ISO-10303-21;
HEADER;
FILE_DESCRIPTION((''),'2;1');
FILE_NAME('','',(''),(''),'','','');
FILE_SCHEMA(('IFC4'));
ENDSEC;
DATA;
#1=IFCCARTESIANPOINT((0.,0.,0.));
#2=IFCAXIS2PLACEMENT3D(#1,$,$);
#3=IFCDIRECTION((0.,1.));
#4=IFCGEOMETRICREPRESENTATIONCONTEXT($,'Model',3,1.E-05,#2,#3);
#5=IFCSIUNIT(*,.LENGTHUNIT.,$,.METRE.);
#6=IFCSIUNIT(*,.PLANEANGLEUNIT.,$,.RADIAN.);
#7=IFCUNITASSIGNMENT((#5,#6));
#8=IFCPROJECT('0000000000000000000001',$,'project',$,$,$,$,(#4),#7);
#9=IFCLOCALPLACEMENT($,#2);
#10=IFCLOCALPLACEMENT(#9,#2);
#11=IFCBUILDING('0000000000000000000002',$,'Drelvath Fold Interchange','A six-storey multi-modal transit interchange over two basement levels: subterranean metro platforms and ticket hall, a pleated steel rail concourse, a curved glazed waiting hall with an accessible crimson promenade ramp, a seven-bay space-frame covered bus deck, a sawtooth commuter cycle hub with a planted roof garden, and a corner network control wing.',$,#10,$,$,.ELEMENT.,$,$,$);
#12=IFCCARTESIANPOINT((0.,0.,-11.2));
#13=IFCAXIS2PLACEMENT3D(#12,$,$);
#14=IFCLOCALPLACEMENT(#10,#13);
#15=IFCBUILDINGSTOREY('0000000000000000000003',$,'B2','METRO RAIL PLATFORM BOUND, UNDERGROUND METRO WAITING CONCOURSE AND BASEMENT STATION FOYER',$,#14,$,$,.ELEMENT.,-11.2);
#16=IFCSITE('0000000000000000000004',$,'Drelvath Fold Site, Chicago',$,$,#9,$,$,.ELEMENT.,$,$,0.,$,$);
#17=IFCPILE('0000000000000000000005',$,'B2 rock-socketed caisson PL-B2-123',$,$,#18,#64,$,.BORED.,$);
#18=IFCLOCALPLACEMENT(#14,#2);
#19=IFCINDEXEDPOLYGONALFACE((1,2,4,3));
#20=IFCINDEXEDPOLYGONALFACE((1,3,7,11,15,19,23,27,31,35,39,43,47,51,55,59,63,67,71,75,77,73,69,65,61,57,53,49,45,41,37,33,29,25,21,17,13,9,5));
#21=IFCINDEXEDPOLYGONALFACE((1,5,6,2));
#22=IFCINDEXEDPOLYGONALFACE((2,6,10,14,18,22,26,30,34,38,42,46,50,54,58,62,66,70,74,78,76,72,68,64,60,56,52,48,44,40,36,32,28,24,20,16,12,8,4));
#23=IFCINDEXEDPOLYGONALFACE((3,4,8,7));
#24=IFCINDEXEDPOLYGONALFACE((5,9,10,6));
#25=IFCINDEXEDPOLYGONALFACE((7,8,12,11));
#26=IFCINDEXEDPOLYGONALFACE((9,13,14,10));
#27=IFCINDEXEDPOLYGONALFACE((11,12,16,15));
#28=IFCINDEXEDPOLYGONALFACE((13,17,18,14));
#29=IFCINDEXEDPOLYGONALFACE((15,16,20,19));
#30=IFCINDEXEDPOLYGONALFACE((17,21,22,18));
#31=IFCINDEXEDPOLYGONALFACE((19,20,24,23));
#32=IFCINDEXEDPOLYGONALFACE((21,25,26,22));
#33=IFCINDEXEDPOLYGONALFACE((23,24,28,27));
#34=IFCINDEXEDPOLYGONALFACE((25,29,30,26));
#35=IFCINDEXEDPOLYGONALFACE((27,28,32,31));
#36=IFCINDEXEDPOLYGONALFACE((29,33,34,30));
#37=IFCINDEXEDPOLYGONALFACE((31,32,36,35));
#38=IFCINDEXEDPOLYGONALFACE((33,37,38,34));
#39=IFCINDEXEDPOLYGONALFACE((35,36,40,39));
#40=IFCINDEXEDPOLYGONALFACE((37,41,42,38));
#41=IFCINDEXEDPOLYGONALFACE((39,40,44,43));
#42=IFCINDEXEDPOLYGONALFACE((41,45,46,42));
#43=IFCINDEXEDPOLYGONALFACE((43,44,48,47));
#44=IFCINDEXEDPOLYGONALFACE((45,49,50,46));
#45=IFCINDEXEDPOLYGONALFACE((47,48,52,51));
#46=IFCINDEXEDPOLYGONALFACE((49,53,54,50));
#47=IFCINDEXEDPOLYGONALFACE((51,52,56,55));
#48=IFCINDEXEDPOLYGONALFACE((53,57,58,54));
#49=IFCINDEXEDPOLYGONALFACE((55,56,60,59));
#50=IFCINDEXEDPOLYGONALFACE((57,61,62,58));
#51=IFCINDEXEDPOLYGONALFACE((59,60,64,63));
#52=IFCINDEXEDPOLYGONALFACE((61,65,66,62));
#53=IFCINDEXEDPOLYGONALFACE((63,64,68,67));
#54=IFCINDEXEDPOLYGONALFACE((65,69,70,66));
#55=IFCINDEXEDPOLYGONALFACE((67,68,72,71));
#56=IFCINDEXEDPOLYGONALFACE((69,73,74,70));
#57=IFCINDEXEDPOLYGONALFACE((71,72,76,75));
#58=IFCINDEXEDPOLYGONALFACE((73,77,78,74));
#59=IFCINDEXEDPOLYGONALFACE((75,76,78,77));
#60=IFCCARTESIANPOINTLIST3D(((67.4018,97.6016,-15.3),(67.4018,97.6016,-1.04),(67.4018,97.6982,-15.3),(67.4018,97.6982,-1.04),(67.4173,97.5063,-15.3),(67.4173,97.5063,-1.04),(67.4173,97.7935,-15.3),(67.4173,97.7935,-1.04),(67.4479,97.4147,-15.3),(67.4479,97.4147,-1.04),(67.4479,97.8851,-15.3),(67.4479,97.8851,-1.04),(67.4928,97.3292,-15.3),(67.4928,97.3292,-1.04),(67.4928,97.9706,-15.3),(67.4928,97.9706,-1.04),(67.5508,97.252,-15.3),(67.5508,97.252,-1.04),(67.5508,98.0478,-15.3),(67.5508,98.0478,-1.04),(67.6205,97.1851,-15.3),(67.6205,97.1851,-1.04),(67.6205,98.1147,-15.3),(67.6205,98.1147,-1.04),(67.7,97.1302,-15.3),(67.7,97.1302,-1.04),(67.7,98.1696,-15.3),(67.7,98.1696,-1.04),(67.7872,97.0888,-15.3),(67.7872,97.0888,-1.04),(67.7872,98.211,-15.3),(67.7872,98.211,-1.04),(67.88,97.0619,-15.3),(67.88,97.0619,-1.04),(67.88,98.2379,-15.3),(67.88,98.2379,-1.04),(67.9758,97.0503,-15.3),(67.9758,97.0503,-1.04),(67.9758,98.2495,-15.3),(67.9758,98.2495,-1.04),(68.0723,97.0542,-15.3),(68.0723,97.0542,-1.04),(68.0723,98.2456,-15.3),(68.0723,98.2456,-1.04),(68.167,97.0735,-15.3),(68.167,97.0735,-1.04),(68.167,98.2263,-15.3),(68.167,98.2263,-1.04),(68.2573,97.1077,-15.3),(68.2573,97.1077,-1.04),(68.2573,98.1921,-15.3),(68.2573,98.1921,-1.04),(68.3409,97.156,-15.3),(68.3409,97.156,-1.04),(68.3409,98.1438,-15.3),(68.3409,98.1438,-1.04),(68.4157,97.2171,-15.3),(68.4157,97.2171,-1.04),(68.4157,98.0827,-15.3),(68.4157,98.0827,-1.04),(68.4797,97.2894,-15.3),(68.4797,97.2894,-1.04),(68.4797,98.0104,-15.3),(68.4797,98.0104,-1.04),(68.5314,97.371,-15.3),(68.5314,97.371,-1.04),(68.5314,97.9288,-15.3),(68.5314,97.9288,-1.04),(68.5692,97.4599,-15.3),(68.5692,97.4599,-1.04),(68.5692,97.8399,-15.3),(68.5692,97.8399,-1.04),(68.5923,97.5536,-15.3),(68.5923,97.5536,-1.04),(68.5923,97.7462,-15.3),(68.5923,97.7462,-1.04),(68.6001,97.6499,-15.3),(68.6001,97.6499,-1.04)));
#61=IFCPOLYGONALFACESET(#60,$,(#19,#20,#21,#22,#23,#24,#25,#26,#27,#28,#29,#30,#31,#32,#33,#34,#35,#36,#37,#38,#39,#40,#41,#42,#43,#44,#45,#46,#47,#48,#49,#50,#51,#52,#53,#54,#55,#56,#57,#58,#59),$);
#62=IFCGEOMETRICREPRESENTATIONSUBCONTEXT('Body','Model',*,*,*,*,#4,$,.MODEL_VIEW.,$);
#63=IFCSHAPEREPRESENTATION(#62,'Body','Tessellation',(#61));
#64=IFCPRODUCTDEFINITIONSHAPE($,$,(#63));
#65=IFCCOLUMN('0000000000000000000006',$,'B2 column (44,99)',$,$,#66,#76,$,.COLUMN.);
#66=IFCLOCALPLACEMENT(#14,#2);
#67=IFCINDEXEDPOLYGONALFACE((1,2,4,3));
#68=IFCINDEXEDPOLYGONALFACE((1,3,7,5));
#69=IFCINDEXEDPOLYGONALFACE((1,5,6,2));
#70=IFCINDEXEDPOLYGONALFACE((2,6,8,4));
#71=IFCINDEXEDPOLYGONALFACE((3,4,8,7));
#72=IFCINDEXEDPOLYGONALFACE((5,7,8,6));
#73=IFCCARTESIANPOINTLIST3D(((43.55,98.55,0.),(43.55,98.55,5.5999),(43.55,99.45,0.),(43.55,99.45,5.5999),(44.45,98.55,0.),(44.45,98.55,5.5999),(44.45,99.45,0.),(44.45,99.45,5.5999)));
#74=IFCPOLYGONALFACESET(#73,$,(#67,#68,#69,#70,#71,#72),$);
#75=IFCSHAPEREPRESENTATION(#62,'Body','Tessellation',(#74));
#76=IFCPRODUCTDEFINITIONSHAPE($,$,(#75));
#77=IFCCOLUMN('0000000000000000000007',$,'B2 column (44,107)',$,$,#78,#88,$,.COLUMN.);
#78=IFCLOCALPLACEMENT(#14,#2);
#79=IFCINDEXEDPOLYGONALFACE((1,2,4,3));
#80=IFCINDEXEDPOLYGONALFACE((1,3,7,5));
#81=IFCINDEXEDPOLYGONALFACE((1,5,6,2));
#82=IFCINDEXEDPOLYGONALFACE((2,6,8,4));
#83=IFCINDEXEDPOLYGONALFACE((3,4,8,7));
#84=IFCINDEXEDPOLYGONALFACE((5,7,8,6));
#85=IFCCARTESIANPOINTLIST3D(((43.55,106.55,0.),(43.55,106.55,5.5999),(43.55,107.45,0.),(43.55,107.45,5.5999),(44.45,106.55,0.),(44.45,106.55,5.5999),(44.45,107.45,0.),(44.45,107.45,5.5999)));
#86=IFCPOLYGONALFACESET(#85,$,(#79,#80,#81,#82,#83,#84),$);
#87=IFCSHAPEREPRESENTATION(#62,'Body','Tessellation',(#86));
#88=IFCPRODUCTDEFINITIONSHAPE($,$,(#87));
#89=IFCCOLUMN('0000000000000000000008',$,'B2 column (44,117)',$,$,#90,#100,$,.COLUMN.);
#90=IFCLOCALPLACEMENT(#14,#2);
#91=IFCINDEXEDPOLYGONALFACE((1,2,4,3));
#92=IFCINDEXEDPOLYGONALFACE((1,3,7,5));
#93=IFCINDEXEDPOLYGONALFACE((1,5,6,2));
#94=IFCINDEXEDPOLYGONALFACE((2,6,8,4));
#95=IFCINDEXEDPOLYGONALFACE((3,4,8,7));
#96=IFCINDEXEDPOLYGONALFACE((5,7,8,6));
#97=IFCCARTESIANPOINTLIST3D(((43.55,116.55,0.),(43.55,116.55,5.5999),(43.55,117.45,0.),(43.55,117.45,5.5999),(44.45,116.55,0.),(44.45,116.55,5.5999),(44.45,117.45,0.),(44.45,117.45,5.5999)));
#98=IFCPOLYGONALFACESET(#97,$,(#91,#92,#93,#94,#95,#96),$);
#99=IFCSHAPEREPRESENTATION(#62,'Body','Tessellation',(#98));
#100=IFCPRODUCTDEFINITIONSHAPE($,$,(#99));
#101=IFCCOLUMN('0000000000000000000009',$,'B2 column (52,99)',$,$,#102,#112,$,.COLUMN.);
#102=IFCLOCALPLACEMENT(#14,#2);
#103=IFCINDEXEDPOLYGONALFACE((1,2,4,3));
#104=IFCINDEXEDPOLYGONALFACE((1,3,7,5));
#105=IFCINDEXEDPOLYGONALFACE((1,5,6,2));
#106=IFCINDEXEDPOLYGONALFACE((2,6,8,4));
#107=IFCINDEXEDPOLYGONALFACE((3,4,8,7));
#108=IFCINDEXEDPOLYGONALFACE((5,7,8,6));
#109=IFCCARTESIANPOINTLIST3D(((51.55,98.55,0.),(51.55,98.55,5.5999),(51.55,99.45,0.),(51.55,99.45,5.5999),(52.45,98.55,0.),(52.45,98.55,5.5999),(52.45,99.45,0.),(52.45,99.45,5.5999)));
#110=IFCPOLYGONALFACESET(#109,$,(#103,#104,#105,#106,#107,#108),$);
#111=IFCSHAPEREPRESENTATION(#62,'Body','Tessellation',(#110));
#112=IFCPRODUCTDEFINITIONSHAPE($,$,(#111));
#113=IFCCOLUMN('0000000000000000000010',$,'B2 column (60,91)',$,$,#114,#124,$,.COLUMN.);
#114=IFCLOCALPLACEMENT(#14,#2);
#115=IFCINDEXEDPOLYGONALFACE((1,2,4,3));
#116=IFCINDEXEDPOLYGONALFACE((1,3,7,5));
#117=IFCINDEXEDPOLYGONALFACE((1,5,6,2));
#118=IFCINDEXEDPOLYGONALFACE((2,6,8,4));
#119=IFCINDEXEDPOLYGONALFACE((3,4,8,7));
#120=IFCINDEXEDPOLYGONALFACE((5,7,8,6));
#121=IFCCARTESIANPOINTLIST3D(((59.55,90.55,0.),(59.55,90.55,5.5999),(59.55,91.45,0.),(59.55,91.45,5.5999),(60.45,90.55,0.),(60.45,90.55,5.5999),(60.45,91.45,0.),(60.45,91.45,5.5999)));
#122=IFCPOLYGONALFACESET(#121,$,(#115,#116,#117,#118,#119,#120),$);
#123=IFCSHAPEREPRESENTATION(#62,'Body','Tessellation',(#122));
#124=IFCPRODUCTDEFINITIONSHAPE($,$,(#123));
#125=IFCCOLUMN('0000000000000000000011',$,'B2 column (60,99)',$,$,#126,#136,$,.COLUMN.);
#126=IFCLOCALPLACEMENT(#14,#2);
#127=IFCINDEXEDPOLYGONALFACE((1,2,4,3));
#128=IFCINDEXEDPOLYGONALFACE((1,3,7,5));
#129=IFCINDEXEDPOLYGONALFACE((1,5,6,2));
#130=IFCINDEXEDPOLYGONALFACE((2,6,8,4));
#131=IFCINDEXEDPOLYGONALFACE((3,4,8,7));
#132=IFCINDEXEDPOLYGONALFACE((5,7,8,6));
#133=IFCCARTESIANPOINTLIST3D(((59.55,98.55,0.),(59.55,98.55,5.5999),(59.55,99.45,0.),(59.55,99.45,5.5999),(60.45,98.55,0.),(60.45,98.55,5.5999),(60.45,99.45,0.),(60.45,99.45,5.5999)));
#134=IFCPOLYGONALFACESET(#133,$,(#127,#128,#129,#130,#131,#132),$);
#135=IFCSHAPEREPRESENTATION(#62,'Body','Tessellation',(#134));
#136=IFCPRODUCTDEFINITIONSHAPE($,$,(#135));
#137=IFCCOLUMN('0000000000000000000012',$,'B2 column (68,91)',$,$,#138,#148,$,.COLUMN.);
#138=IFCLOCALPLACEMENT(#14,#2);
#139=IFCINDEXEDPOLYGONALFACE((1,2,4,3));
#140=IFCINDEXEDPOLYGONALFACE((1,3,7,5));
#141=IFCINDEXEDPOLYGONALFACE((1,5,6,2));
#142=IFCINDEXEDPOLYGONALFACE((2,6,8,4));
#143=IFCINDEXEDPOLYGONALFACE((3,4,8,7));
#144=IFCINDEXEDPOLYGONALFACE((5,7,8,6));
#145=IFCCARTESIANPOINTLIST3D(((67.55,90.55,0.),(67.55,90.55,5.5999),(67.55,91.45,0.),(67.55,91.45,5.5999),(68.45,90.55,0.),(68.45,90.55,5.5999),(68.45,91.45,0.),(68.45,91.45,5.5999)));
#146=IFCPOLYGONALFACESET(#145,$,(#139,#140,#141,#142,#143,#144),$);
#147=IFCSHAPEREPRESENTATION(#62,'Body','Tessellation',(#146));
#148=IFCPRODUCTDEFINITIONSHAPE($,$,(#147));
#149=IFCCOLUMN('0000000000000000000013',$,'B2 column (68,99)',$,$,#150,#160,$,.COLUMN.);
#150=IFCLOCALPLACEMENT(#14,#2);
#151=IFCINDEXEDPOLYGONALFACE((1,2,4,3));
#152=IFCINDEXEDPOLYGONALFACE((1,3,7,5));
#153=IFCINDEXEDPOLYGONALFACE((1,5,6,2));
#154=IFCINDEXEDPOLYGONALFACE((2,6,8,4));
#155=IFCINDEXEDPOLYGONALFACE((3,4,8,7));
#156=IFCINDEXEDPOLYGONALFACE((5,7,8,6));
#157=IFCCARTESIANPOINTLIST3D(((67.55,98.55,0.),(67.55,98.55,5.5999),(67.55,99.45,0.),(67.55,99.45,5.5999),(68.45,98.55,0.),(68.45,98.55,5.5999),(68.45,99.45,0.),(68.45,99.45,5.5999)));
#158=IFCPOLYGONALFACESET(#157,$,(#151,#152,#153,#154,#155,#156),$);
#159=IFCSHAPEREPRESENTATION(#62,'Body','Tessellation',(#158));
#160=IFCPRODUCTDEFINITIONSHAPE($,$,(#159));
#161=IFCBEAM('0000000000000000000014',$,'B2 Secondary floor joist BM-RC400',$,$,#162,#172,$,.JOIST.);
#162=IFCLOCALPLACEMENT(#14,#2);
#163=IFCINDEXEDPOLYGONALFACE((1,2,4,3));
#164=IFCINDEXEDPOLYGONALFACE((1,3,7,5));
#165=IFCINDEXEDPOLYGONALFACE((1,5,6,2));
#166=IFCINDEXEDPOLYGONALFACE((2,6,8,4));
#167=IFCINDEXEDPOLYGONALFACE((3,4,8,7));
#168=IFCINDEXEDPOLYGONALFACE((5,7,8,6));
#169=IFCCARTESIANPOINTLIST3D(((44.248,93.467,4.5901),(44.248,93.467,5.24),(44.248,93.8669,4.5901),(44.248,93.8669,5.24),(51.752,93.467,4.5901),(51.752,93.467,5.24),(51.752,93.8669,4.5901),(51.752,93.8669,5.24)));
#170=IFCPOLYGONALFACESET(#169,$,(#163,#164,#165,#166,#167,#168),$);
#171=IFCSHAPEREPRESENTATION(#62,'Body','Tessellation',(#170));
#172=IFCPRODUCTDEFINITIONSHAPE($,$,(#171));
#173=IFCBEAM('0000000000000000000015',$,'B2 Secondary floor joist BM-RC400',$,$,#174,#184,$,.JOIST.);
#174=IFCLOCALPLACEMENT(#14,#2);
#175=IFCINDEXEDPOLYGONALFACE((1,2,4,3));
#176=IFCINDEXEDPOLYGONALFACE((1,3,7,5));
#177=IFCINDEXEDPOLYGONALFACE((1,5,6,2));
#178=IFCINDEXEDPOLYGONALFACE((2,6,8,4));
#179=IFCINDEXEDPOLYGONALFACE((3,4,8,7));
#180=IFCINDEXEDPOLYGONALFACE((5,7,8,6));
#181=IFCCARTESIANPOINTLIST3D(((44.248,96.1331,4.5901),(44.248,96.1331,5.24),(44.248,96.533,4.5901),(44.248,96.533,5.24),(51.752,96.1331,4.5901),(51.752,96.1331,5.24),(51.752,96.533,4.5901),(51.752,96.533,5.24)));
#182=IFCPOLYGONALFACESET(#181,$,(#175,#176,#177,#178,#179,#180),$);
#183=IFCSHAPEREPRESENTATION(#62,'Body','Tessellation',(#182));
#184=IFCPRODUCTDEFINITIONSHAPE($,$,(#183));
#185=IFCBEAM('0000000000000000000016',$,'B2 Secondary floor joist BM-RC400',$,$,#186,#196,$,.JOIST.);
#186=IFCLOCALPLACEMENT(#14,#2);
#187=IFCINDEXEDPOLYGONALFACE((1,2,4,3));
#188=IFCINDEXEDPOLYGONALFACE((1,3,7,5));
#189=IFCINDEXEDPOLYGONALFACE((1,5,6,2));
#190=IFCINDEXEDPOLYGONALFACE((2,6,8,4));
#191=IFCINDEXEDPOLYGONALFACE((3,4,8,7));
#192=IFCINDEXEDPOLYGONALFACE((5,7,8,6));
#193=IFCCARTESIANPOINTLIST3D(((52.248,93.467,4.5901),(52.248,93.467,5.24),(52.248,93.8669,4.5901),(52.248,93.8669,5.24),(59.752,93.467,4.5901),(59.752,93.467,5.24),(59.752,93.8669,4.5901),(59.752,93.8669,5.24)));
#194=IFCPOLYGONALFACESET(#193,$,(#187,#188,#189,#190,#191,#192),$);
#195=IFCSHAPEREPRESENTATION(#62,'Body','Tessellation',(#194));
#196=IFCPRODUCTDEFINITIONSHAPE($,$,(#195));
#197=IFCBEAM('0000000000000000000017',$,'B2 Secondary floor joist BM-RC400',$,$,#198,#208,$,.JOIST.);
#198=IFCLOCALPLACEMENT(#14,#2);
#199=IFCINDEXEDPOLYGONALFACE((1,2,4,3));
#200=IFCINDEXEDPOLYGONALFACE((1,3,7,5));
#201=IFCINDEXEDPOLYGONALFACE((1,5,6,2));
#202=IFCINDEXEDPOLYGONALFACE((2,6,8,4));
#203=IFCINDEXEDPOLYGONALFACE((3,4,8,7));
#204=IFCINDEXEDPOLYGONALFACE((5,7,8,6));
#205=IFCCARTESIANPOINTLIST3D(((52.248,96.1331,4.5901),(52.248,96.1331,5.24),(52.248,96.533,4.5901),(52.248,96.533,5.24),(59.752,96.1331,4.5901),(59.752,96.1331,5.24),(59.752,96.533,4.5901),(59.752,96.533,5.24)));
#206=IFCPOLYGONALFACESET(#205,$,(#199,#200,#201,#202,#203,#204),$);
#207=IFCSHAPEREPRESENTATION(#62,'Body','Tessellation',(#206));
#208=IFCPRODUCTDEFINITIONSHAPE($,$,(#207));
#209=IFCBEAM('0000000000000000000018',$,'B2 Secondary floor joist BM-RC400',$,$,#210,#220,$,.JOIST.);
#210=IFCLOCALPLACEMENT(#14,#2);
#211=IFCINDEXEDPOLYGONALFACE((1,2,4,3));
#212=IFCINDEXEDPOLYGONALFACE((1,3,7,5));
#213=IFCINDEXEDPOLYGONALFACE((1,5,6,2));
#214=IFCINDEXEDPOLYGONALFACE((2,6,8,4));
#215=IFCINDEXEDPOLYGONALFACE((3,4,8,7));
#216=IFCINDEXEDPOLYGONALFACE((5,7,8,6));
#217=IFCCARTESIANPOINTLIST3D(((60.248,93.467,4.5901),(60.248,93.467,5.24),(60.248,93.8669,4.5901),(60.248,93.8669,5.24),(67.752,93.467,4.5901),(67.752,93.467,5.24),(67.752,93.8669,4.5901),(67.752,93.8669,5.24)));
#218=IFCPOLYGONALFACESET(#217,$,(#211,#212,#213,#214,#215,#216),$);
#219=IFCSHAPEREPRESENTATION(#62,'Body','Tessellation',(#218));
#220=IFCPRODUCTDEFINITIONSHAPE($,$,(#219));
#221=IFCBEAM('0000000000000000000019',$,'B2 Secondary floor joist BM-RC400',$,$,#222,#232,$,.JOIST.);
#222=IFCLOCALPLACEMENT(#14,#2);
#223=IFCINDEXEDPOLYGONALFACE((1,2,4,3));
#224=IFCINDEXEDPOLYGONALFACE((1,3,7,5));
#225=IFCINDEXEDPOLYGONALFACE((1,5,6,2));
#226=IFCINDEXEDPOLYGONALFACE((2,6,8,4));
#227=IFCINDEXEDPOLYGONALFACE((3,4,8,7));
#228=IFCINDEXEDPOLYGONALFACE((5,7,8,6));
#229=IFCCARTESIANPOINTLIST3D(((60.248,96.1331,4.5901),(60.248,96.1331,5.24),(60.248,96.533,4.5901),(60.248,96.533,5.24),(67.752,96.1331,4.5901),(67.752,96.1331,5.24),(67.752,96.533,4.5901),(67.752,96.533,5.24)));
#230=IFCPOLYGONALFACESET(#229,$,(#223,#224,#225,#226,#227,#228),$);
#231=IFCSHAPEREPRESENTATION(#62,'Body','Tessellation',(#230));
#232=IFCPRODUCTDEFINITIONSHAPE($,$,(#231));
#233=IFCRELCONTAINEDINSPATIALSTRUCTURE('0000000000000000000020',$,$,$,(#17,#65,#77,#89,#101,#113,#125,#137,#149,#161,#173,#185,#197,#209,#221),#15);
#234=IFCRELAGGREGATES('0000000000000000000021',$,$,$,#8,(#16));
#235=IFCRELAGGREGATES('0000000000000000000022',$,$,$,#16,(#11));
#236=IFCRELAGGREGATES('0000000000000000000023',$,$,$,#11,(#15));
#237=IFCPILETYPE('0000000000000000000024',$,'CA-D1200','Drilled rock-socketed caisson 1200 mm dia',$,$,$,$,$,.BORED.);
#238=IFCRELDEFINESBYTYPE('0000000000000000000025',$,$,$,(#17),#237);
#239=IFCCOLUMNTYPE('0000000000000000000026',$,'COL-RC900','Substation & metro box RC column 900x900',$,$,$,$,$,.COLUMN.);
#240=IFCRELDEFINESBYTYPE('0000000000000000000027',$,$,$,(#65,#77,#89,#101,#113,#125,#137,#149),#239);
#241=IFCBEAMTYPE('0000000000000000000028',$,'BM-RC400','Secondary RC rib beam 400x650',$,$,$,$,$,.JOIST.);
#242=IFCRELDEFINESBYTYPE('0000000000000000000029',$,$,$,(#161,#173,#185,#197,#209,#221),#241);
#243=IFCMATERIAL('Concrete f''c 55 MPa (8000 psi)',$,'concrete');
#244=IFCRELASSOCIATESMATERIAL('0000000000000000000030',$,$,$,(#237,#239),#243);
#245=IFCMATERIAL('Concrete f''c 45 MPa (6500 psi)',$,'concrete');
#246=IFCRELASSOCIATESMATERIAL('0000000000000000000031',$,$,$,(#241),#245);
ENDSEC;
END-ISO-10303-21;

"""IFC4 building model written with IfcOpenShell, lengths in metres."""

from ifc_helpers import new_model, si_unit, direction, frame, origin, origin_2d, place, context, subcontext, project, spatial, rectangle, circle, extrude, material, material_profile, profile_set, type_object, element, save


model = new_model("IFC4")

# Units and contexts
model_context = context("Model", 3, precision=1e-05, world=origin(), true_north=direction((0.0, 1.0)))
body_context = subcontext(model_context, "Body", "Model", "MODEL_VIEW")
ifc_project = project(units=[si_unit("LENGTHUNIT", "METRE"), si_unit("PLANEANGLEUNIT", "RADIAN")], contexts=[model_context])

# Site, building, storey
site_placement = place(None, origin())
site = spatial("IfcSite", under=ifc_project, at=site_placement, Name="Drelvath Fold Site, Chicago", CompositionType="ELEMENT", RefElevation=0.0)
building_placement = place(site_placement, origin())
building = spatial("IfcBuilding", under=site, at=building_placement, Name="Drelvath Fold Interchange", Description="A six-storey multi-modal transit interchange over two basement levels: subterranean metro platforms and ticket hall, a pleated steel rail concourse, a curved glazed waiting hall with an accessible crimson promenade ramp, a seven-bay space-frame covered bus deck, a sawtooth commuter cycle hub with a planted roof garden, and a corner network control wing.", CompositionType="ELEMENT")
storey_placement = place(building_placement, frame((0.0, 0.0, -11.2)))
storey = spatial("IfcBuildingStorey", under=building, at=storey_placement, Name="B2", Description="METRO RAIL PLATFORM BOUND, UNDERGROUND METRO WAITING CONCOURSE AND BASEMENT STATION FOYER", CompositionType="ELEMENT", Elevation=-11.2)

# Pile
ifc_material_1 = material(Name="Concrete f'c 55 MPa (8000 psi)", Category="concrete")
ifc_material_profile_1 = material_profile(ifc_material_1, circle(Radius=0.6001, at=origin_2d()), Name="CAISSON D1200")
ifc_profile_set_1 = profile_set([ifc_material_profile_1], Name="Concrete f'c 55 MPa (8000 psi)")
pile_type = type_object("IfcPileType", Name="CA-D1200", Description="Drilled rock-socketed caisson 1200 mm dia", PredefinedType="BORED", material=ifc_profile_set_1)
for number, where, z_axis, x_axis, name in (
    (1, (68.0, 97.6499, -1.04), (0.0, 0.0, -1.0), (1.0, 0.0, 0.0), "B2 rock-socketed caisson PL-B2-123"),
):
    element("IfcPile", number, at=place(storey_placement, frame(where, z_axis=z_axis, x_axis=x_axis)), inside=storey, type_object=pile_type, Name=name, PredefinedType="BORED", context=body_context, shape_type="SweptSolid", body=[
        extrude(circle(Radius=0.6001, at=origin_2d()), origin(), (0.0, 0.0, 1.0), 14.26),
    ])

# Columns
ifc_material_profile_2 = material_profile(ifc_material_1, rectangle(XDim=0.8999, YDim=0.8999, at=origin_2d()), Name="RC 900x900")
ifc_profile_set_2 = profile_set([ifc_material_profile_2], Name="Concrete f'c 55 MPa (8000 psi)")
column_type = type_object("IfcColumnType", Name="COL-RC900", Description="Substation & metro box RC column 900x900", PredefinedType="COLUMN", material=ifc_profile_set_2)
for number, where, z_axis, x_axis, name in (
    (2, (44.0, 99.0, 0.0), (0.0, 0.0, 1.0), (1.0, 0.0, 0.0), "B2 column (44,99)"),
    (3, (44.0, 107.0, 0.0), (0.0, 0.0, 1.0), (1.0, 0.0, 0.0), "B2 column (44,107)"),
    (4, (44.0, 117.0, 0.0), (0.0, 0.0, 1.0), (1.0, 0.0, 0.0), "B2 column (44,117)"),
    (5, (52.0, 99.0, 0.0), (0.0, 0.0, 1.0), (1.0, 0.0, 0.0), "B2 column (52,99)"),
    (6, (60.0, 91.0, 0.0), (0.0, 0.0, 1.0), (1.0, 0.0, 0.0), "B2 column (60,91)"),
    (7, (60.0, 99.0, 0.0), (0.0, 0.0, 1.0), (1.0, 0.0, 0.0), "B2 column (60,99)"),
    (8, (68.0, 91.0, 0.0), (0.0, 0.0, 1.0), (1.0, 0.0, 0.0), "B2 column (68,91)"),
    (9, (68.0, 99.0, 0.0), (0.0, 0.0, 1.0), (1.0, 0.0, 0.0), "B2 column (68,99)"),
):
    element("IfcColumn", number, at=place(storey_placement, frame(where, z_axis=z_axis, x_axis=x_axis)), inside=storey, type_object=column_type, Name=name, PredefinedType="COLUMN", context=body_context, shape_type="SweptSolid", body=[
        extrude(rectangle(XDim=0.8999, YDim=0.8999, at=origin_2d()), origin(), (0.0, 0.0, 1.0), 5.5999),
    ])

# Beams
ifc_material_2 = material(Name="Concrete f'c 45 MPa (6500 psi)", Category="concrete")
ifc_material_profile_3 = material_profile(ifc_material_2, rectangle(XDim=0.3999, YDim=0.6499, at=origin_2d()), Name="RC 400x650")
ifc_profile_set_3 = profile_set([ifc_material_profile_3], Name="Concrete f'c 45 MPa (6500 psi)")
beam_type_1 = type_object("IfcBeamType", Name="BM-RC400", Description="Secondary RC rib beam 400x650", PredefinedType="JOIST", material=ifc_profile_set_3)
for number, where, z_axis, x_axis, name in (
    (10, (44.248, 93.667, 4.915), (1.0, 0.0, 0.0), (0.0, 1.0, 0.0), "B2 Secondary floor joist BM-RC400"),
    (11, (44.248, 96.333, 4.915), (1.0, 0.0, 0.0), (0.0, 1.0, 0.0), "B2 Secondary floor joist BM-RC400"),
    (12, (52.248, 93.667, 4.915), (1.0, 0.0, 0.0), (0.0, 1.0, 0.0), "B2 Secondary floor joist BM-RC400"),
    (13, (52.248, 96.333, 4.915), (1.0, 0.0, 0.0), (0.0, 1.0, 0.0), "B2 Secondary floor joist BM-RC400"),
    (14, (60.248, 93.667, 4.915), (1.0, 0.0, 0.0), (0.0, 1.0, 0.0), "B2 Secondary floor joist BM-RC400"),
    (15, (60.248, 96.333, 4.915), (1.0, 0.0, 0.0), (0.0, 1.0, 0.0), "B2 Secondary floor joist BM-RC400"),
):
    element("IfcBeam", number, at=place(storey_placement, frame(where, z_axis=z_axis, x_axis=x_axis)), inside=storey, type_object=beam_type_1, Name=name, PredefinedType="JOIST", context=body_context, shape_type="SweptSolid", body=[
        extrude(rectangle(XDim=0.3999, YDim=0.6499, at=origin_2d()), origin(), (0.0, 0.0, 1.0), 7.5039),
    ])

save(model, "model.ifc")
